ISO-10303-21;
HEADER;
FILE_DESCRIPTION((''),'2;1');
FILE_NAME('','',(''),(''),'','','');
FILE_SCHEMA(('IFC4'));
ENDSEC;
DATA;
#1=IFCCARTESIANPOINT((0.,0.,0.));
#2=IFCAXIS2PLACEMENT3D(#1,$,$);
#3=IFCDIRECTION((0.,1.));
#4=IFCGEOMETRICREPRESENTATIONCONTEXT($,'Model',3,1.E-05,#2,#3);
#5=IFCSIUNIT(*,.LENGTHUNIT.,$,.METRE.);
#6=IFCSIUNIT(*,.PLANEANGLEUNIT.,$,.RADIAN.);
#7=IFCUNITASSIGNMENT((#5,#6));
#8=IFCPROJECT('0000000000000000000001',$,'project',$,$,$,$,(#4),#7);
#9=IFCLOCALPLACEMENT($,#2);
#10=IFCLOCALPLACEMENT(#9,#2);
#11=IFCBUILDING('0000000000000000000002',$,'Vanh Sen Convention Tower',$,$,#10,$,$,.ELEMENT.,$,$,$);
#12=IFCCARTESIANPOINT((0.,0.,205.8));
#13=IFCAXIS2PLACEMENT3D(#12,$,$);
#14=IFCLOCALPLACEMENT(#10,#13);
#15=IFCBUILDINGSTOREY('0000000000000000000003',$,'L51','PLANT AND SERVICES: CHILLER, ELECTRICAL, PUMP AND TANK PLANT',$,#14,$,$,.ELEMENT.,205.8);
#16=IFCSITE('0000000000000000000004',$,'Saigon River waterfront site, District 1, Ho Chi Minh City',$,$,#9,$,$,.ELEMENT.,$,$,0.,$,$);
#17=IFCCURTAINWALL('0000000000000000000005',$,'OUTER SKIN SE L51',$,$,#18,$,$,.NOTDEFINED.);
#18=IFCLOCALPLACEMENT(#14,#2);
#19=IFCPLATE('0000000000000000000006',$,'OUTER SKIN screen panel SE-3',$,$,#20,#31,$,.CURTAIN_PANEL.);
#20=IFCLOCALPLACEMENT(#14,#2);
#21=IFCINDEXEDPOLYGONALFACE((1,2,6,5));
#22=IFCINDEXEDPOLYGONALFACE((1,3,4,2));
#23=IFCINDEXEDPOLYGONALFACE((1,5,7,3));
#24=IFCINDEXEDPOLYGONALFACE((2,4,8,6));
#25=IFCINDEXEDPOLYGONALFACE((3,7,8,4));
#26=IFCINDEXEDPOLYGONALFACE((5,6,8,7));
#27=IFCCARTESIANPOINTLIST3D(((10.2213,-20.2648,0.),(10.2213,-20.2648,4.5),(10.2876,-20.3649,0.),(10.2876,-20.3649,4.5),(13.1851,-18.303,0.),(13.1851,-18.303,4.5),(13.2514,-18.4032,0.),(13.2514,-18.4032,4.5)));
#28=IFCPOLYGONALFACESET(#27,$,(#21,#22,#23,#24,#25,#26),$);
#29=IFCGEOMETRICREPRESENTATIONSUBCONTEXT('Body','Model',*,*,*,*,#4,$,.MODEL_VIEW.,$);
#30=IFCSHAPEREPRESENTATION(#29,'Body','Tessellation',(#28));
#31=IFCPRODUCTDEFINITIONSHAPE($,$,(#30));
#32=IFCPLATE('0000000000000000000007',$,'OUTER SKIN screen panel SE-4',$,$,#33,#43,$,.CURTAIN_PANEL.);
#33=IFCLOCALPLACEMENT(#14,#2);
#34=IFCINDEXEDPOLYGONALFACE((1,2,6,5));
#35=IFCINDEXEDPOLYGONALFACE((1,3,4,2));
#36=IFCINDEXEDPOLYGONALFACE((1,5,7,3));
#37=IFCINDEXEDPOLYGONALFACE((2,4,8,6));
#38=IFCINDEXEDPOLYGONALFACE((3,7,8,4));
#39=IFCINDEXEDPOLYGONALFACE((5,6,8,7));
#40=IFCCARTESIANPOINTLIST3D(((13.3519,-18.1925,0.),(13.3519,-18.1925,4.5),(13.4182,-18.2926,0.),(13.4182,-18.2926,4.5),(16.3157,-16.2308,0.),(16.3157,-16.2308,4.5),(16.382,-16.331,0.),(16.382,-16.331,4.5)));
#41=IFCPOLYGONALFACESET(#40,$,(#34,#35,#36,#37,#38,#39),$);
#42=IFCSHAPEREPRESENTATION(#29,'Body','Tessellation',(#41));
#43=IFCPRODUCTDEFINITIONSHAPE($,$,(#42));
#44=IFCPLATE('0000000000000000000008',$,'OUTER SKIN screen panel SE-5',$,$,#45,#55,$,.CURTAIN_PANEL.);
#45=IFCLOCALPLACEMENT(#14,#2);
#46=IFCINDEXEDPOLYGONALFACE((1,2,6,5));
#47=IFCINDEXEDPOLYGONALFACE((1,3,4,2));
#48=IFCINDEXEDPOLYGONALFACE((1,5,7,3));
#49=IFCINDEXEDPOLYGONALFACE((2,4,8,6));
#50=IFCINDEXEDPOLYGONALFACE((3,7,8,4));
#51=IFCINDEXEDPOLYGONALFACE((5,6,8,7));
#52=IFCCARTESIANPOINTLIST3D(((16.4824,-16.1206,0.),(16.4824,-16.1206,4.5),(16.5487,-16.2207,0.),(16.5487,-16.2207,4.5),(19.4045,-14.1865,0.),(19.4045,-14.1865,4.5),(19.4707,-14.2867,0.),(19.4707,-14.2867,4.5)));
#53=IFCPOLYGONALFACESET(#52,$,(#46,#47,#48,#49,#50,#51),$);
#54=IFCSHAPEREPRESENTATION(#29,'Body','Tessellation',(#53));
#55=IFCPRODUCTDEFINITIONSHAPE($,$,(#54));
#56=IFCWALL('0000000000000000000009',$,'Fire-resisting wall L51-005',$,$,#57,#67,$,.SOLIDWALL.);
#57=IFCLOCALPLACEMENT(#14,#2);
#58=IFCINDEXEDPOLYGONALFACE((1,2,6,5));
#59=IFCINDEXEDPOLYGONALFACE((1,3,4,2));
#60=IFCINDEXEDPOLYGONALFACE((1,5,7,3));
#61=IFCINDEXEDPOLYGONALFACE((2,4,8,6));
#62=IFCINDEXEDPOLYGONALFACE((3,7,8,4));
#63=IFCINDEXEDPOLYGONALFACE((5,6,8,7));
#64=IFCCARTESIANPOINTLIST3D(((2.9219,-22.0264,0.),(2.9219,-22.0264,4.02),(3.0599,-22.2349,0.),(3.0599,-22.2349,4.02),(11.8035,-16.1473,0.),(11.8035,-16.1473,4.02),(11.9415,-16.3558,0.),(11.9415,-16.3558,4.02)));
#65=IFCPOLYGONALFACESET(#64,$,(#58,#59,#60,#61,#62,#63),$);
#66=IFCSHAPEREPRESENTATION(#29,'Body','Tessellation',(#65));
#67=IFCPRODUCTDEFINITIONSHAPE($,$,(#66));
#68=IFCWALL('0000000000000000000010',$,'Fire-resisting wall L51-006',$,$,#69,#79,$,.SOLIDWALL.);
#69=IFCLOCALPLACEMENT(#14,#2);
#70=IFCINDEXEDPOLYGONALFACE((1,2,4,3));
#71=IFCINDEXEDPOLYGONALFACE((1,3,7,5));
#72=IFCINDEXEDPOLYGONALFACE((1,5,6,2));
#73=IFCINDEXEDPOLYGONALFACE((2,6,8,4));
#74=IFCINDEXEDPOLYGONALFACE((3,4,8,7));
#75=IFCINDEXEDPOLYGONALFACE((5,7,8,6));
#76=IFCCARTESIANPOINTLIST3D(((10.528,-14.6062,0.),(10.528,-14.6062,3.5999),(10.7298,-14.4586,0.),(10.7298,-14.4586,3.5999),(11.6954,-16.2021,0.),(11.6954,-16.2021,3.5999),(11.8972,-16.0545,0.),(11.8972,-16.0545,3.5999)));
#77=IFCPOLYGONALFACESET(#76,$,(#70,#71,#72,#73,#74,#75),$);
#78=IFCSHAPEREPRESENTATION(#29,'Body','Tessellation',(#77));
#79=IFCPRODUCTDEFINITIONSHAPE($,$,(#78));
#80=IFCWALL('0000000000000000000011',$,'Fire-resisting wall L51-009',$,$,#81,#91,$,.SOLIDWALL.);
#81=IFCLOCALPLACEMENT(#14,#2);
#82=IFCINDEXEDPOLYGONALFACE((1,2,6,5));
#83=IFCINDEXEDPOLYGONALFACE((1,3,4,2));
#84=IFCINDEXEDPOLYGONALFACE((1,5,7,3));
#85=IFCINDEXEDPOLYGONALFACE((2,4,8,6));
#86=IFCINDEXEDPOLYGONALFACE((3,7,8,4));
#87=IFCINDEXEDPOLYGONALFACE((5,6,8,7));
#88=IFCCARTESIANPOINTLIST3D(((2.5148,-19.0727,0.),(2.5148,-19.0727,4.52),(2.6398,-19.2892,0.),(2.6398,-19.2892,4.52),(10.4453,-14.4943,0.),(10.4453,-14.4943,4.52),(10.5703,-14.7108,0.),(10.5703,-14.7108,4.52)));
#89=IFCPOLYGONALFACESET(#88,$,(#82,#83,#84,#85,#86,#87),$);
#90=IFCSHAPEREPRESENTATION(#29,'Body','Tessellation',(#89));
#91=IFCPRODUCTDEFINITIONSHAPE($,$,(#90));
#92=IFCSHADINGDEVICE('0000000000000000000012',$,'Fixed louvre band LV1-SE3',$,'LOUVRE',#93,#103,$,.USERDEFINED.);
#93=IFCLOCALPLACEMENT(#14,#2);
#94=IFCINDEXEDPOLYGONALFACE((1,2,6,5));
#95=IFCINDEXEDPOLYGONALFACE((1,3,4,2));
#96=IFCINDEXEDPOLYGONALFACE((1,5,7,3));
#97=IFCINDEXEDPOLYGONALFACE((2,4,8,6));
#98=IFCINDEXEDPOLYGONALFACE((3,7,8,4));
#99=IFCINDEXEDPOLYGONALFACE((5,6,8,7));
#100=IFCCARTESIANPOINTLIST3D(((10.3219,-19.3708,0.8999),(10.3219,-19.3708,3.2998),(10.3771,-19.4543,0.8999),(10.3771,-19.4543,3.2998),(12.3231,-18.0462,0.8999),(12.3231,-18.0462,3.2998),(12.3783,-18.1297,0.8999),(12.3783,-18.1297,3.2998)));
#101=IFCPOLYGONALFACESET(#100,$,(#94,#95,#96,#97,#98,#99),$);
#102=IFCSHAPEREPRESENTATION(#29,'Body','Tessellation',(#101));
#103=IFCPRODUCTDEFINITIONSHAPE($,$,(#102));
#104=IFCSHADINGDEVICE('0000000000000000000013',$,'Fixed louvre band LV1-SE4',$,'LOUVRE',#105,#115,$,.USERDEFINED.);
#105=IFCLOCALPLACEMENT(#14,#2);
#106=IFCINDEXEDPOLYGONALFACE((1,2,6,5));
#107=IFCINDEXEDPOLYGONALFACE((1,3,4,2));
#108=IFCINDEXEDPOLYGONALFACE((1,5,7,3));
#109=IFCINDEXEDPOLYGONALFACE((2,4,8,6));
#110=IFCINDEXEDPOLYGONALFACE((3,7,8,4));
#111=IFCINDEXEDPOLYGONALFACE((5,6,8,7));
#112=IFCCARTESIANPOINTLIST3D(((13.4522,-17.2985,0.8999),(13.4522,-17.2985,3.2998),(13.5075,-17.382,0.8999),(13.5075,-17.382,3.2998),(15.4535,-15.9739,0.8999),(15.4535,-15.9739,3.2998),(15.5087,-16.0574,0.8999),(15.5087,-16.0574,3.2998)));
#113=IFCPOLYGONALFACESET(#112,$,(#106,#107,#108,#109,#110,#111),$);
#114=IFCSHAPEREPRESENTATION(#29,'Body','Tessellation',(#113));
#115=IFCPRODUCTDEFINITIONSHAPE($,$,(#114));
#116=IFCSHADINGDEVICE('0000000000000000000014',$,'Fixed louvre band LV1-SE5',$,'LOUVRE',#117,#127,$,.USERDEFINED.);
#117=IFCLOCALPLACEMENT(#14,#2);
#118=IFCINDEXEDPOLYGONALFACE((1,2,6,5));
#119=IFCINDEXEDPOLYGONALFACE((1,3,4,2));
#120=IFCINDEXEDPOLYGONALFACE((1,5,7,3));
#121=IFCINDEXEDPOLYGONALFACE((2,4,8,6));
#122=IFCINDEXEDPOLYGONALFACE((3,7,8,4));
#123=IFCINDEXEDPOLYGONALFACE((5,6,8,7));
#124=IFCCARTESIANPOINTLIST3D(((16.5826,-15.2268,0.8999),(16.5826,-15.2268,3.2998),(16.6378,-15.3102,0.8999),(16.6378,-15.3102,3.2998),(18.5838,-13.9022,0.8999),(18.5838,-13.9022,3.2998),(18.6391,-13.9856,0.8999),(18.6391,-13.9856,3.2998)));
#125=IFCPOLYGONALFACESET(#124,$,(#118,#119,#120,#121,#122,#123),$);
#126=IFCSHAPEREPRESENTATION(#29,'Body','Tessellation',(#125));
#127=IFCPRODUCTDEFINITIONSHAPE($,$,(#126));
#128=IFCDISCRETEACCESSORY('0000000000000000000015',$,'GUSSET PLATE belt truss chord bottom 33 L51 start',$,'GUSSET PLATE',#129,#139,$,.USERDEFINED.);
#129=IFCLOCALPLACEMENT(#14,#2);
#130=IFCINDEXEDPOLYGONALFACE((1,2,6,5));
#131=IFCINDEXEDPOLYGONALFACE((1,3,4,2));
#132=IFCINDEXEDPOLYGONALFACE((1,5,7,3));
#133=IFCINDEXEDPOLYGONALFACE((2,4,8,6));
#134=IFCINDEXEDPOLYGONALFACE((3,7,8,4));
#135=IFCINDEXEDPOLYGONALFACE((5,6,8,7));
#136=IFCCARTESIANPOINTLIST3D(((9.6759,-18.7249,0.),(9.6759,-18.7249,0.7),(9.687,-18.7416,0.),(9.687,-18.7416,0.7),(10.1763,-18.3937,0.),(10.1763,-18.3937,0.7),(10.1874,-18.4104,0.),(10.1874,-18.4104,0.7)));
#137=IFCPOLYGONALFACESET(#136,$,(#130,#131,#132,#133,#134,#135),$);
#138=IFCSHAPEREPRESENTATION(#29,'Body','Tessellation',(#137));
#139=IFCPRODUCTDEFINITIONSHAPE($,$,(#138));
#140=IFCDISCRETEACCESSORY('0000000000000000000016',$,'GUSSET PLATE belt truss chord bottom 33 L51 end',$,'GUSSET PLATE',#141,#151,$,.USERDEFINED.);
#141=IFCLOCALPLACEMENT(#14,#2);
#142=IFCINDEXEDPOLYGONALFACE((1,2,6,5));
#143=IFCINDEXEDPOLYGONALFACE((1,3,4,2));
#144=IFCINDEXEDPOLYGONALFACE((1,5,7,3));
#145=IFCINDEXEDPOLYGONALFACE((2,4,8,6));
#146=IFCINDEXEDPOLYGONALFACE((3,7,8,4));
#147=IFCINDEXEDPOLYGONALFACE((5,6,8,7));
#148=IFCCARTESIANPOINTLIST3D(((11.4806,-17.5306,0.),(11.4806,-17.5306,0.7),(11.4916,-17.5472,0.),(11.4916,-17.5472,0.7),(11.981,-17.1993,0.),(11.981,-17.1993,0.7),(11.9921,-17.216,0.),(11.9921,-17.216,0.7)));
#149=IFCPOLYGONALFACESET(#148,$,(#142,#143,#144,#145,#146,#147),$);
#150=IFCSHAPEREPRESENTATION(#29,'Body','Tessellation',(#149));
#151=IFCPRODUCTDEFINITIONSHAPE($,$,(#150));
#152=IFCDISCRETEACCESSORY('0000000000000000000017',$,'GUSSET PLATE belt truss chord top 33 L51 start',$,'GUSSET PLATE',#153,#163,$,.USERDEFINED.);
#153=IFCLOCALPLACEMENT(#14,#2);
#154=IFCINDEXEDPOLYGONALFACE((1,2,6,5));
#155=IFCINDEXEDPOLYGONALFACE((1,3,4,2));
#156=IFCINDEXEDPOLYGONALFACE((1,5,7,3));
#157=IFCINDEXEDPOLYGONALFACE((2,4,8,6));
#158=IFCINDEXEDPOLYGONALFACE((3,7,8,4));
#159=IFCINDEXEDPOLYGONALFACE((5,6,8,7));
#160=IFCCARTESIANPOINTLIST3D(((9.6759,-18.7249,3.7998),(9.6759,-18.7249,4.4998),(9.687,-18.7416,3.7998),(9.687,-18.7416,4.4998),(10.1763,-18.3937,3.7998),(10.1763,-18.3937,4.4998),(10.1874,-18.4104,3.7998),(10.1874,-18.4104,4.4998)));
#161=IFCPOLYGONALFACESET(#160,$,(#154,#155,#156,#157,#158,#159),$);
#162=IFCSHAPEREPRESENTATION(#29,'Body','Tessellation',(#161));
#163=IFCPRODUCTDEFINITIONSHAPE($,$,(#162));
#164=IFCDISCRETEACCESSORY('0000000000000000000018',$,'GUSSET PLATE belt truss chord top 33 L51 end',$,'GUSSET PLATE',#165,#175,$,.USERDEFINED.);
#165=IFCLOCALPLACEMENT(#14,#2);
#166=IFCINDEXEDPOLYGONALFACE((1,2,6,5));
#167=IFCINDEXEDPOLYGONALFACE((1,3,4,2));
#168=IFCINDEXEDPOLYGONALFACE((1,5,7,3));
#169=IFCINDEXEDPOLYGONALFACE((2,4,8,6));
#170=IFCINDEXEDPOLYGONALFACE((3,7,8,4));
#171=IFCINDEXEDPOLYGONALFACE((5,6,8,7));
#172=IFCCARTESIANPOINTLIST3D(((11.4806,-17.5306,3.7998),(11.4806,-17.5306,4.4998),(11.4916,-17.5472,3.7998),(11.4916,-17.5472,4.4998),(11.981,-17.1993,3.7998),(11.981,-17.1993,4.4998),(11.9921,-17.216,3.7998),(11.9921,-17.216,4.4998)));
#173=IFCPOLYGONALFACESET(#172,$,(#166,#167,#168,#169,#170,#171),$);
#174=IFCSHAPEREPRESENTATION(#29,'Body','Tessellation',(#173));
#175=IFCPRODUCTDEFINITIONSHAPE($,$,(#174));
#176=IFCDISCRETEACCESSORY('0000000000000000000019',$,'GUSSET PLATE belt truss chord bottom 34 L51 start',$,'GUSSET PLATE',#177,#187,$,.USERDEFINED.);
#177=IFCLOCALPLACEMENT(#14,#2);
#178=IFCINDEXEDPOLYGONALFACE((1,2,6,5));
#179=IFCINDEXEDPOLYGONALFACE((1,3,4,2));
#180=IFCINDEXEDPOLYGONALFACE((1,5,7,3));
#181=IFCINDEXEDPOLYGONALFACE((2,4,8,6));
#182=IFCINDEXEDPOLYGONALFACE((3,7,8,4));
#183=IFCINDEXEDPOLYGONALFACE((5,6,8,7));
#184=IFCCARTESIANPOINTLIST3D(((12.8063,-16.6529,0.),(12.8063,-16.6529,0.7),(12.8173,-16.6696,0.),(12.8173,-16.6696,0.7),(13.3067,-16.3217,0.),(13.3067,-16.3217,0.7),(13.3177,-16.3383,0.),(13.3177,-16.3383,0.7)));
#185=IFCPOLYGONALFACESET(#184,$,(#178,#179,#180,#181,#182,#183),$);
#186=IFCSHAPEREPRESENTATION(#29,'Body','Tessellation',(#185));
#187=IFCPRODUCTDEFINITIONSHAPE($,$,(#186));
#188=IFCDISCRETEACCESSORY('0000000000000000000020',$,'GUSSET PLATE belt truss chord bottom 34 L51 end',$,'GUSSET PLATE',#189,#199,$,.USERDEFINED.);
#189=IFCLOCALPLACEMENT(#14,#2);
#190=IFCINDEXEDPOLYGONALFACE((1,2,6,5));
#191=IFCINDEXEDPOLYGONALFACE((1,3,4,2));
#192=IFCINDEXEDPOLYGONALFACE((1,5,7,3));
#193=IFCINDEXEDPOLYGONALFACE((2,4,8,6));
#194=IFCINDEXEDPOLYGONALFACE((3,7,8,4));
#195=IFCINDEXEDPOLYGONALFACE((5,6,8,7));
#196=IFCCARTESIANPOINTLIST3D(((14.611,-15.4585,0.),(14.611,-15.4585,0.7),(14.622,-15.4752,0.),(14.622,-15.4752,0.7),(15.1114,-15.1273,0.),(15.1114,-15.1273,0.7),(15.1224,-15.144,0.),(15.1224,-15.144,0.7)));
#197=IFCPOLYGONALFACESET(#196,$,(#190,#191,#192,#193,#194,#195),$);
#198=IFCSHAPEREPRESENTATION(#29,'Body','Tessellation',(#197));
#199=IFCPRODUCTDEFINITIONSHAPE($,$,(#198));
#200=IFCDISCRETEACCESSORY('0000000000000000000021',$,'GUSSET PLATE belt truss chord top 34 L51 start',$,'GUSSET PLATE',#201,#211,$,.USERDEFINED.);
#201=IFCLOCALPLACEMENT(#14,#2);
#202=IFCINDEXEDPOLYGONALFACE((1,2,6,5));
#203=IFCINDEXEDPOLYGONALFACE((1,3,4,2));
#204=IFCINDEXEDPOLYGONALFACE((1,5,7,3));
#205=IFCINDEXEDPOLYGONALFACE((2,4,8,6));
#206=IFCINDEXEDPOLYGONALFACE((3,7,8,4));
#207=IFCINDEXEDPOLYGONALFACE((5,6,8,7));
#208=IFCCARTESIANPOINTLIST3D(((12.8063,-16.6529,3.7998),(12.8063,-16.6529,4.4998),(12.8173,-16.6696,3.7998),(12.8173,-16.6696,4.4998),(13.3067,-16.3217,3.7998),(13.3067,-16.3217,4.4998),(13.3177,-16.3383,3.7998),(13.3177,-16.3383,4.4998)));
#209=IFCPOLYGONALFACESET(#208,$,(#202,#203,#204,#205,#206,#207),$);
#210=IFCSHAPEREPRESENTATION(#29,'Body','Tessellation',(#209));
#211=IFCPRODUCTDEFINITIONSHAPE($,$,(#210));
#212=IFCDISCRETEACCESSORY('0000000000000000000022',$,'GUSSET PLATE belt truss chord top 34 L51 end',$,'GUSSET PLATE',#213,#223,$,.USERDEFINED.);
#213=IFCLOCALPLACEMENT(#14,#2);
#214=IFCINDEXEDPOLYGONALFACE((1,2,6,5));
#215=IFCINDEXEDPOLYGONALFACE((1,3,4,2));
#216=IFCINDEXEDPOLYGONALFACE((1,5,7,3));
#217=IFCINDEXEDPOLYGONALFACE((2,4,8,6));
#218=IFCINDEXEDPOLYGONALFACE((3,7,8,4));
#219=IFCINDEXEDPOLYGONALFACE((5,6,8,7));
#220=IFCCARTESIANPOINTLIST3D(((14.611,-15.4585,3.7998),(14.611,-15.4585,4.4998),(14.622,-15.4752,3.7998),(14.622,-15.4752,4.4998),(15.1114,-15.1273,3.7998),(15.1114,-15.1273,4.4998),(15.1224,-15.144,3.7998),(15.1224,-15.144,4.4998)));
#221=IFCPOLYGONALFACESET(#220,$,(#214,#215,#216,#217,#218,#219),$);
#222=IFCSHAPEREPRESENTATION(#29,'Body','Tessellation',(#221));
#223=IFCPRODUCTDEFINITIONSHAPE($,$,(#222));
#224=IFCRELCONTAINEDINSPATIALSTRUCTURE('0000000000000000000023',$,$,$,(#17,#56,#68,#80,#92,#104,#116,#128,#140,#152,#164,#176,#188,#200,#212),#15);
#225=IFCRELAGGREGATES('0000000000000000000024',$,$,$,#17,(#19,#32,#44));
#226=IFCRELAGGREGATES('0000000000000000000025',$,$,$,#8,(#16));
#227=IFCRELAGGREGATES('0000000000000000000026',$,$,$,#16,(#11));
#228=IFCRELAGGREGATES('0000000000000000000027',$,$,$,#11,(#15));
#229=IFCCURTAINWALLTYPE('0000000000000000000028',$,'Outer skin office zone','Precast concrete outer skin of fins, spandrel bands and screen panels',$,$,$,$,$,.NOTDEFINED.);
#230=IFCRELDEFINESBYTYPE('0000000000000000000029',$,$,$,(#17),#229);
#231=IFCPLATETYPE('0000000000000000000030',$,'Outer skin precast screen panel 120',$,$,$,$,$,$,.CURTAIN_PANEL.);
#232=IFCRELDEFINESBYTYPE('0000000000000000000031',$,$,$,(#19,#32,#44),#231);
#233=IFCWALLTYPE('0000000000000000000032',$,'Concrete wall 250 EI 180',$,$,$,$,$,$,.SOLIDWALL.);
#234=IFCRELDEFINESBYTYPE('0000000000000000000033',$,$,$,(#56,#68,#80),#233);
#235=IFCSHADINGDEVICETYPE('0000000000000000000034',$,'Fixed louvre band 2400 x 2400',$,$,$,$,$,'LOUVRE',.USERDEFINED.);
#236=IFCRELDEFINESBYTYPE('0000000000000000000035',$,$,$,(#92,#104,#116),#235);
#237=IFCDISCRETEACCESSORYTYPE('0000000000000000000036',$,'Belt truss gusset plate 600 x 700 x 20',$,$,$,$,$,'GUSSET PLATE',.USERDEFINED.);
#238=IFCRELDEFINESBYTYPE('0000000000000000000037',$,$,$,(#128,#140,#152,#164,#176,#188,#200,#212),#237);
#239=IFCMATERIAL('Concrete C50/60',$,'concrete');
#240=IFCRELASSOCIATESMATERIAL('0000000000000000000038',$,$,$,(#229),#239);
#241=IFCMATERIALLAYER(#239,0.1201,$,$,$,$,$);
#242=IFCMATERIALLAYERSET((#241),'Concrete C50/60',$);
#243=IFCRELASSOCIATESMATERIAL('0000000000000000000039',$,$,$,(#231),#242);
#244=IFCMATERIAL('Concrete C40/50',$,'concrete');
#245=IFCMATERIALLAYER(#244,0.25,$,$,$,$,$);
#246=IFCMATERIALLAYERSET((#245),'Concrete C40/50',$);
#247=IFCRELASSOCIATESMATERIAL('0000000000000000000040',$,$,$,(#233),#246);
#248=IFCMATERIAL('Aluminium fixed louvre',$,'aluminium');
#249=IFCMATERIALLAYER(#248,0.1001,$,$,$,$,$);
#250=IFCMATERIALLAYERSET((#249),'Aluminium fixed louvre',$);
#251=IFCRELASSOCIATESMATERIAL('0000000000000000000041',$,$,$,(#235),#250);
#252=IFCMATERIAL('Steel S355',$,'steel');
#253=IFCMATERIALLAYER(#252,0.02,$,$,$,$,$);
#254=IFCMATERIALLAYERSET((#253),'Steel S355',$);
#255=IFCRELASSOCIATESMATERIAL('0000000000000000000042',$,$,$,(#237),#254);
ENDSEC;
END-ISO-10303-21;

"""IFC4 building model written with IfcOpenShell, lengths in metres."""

from ifc_helpers import new_model, si_unit, direction, frame, frame_2d, origin, origin_2d, place, context, subcontext, project, spatial, rectangle, extrude, material, layer, layer_set, type_object, element, aggregate, save


model = new_model("IFC4")

# Units and contexts
model_context = context("Model", 3, precision=1e-05, world=origin(), true_north=direction((0.0, 1.0)))
body_context = subcontext(model_context, "Body", "Model", "MODEL_VIEW")
ifc_project = project(units=[si_unit("LENGTHUNIT", "METRE"), si_unit("PLANEANGLEUNIT", "RADIAN")], contexts=[model_context])

# Site, building, storey
site_placement = place(None, origin())
site = spatial("IfcSite", under=ifc_project, at=site_placement, Name="Saigon River waterfront site, District 1, Ho Chi Minh City", CompositionType="ELEMENT", RefElevation=0.0)
building_placement = place(site_placement, origin())
building = spatial("IfcBuilding", under=site, at=building_placement, Name="Vanh Sen Convention Tower", CompositionType="ELEMENT")
storey_placement = place(building_placement, frame((0.0, 0.0, 205.8)))
storey = spatial("IfcBuildingStorey", under=building, at=storey_placement, Name="L51", Description="PLANT AND SERVICES: CHILLER, ELECTRICAL, PUMP AND TANK PLANT", CompositionType="ELEMENT", Elevation=205.8)

# Shared definitions
ifc_material_1 = material(Name="Steel S355", Category="steel")

# Curtain wall
ifc_material_2 = material(Name="Concrete C50/60", Category="concrete")
curtain_wall_type = type_object("IfcCurtainWallType", Name="Outer skin office zone", Description="Precast concrete outer skin of fins, spandrel bands and screen panels", PredefinedType="NOTDEFINED", material=ifc_material_2)
curtain_wall_1_placement = place(storey_placement, origin())
curtain_wall_1 = element("IfcCurtainWall", 1, at=curtain_wall_1_placement, inside=storey, type_object=curtain_wall_type, Name="OUTER SKIN SE L51", PredefinedType="NOTDEFINED")

# Plates
ifc_layer_1 = layer(ifc_material_2, 0.1201)
ifc_layer_set_1 = layer_set([ifc_layer_1], Name="Concrete C50/60")
plate_type = type_object("IfcPlateType", Name="Outer skin precast screen panel 120", PredefinedType="CURTAIN_PANEL", material=ifc_layer_set_1)
plate_1_placement = place(storey_placement, frame((11.7363, -19.334, 0.0), z_axis=(0.0, 0.0, 1.0), x_axis=(0.833877, 0.55195, 0.0)))
plate_1 = element("IfcPlate", 2, at=plate_1_placement, type_object=plate_type, Name="OUTER SKIN screen panel SE-3", PredefinedType="CURTAIN_PANEL", context=body_context, shape_type="SweptSolid", body=[
    extrude(rectangle(XDim=3.5542, YDim=0.1201, at=origin_2d()), origin(), (0.0, 0.0, 1.0), 4.5),
])
plate_2_placement = place(storey_placement, frame((14.8669, -17.2617, 0.0), z_axis=(0.0, 0.0, 1.0), x_axis=(0.83389, 0.551931, 0.0)))
plate_2 = element("IfcPlate", 3, at=plate_2_placement, type_object=plate_type, Name="OUTER SKIN screen panel SE-4", PredefinedType="CURTAIN_PANEL", context=body_context, shape_type="SweptSolid", body=[
    extrude(rectangle(XDim=3.5542, YDim=0.1201, at=origin_2d()), origin(), (0.0, 0.0, 1.0), 4.5),
])
plate_3_placement = place(storey_placement, frame((17.9766, -15.2036, 0.0), z_axis=(0.0, 0.0, 1.0), x_axis=(0.83389, 0.551931, 0.0)))
plate_3 = element("IfcPlate", 4, at=plate_3_placement, type_object=plate_type, Name="OUTER SKIN screen panel SE-5", PredefinedType="CURTAIN_PANEL", context=body_context, shape_type="SweptSolid", body=[
    extrude(rectangle(XDim=3.5042, YDim=0.1201, at=origin_2d()), origin(), (0.0, 0.0, 1.0), 4.5),
])
aggregate(curtain_wall_1, [plate_1, plate_2, plate_3])

# Walls
ifc_material_3 = material(Name="Concrete C40/50", Category="concrete")
ifc_layer_2 = layer(ifc_material_3, 0.25)
ifc_layer_set_2 = layer_set([ifc_layer_2], Name="Concrete C40/50")
wall_type = type_object("IfcWallType", Name="Concrete wall 250 EI 180", PredefinedType="SOLIDWALL", material=ifc_layer_set_2)
wall_1_placement = place(storey_placement, frame((11.8726, -16.2515, 0.0), z_axis=(0.0, 0.0, 1.0), x_axis=(-0.833862, -0.551973, 0.0)))
element("IfcWall", 5, at=wall_1_placement, inside=storey, type_object=wall_type, Name="Fire-resisting wall L51-005", PredefinedType="SOLIDWALL", context=body_context, shape_type="SweptSolid", body=[
    extrude(rectangle(XDim=10.6511, YDim=0.25, at=frame_2d((5.3257, 0.0))), origin(), (0.0, 0.0, 1.0), 4.02),
])
wall_2_placement = place(storey_placement, frame((11.7964, -16.1284, 0.0), z_axis=(0.0, 0.0, 1.0), x_axis=(-0.590416, 0.807099, 0.0)))
element("IfcWall", 6, at=wall_2_placement, inside=storey, type_object=wall_type, Name="Fire-resisting wall L51-006", PredefinedType="SOLIDWALL", context=body_context, shape_type="SweptSolid", body=[
    extrude(rectangle(XDim=1.9773, YDim=0.25, at=frame_2d((0.9888, 0.0))), origin(), (0.0, 0.0, 1.0), 3.5999),
])
wall_3_placement = place(storey_placement, frame((10.5078, -14.6025, 0.0), z_axis=(0.0, 0.0, 1.0), x_axis=(-0.866038, -0.499979, 0.0)))
element("IfcWall", 7, at=wall_3_placement, inside=storey, type_object=wall_type, Name="Fire-resisting wall L51-009", PredefinedType="SOLIDWALL", context=body_context, shape_type="SweptSolid", body=[
    extrude(rectangle(XDim=9.1572, YDim=0.25, at=frame_2d((4.5786, 0.0))), origin(), (0.0, 0.0, 1.0), 4.52),
])

# Shading devices
ifc_material_4 = material(Name="Aluminium fixed louvre", Category="aluminium")
ifc_layer_3 = layer(ifc_material_4, 0.1001)
ifc_layer_set_3 = layer_set([ifc_layer_3], Name="Aluminium fixed louvre")
shading_device_type = type_object("IfcShadingDeviceType", Name="Fixed louvre band 2400 x 2400", ElementType="LOUVRE", PredefinedType="USERDEFINED", material=ifc_layer_set_3)
for number, where, z_axis, x_axis, name in (
    (8, (11.3501, -18.7502, 0.8999), (0.0, 0.0, 1.0), (0.833885, 0.551938, 0.0), "Fixed louvre band LV1-SE3"),
    (9, (14.4805, -16.678, 0.8999), (0.0, 0.0, 1.0), (0.833885, 0.551938, 0.0), "Fixed louvre band LV1-SE4"),
    (10, (17.6108, -14.6062, 0.8999), (0.0, 0.0, 1.0), (0.833885, 0.551938, 0.0), "Fixed louvre band LV1-SE5"),
):
    element("IfcShadingDevice", number, at=place(storey_placement, frame(where, z_axis=z_axis, x_axis=x_axis)), inside=storey, type_object=shading_device_type, Name=name, ObjectType="LOUVRE", PredefinedType="USERDEFINED", context=body_context, shape_type="SweptSolid", body=[
        extrude(rectangle(XDim=2.3999, YDim=0.1001, at=origin_2d()), origin(), (0.0, 0.0, 1.0), 2.3999),
    ])

# Discrete accessories
ifc_layer_4 = layer(ifc_material_1, 0.02)
ifc_layer_set_4 = layer_set([ifc_layer_4], Name="Steel S355")
discrete_accessory_type_1 = type_object("IfcDiscreteAccessoryType", Name="Belt truss gusset plate 600 x 700 x 20", ElementType="GUSSET PLATE", PredefinedType="USERDEFINED", material=ifc_layer_set_4)
for number, where, z_axis, x_axis, name in (
    (11, (9.9316, -18.5676, 0.0), (0.0, 0.0, 1.0), (0.833877, 0.55195, 0.0), "GUSSET PLATE belt truss chord bottom 33 L51 start"),
    (12, (11.7363, -17.3733, 0.0), (0.0, 0.0, 1.0), (-0.833877, -0.55195, 0.0), "GUSSET PLATE belt truss chord bottom 33 L51 end"),
    (13, (9.9316, -18.5676, 3.7998), (0.0, 0.0, 1.0), (0.833877, 0.55195, 0.0), "GUSSET PLATE belt truss chord top 33 L51 start"),
    (14, (11.7363, -17.3733, 3.7998), (0.0, 0.0, 1.0), (-0.833877, -0.55195, 0.0), "GUSSET PLATE belt truss chord top 33 L51 end"),
    (15, (13.062, -16.4956, 0.0), (0.0, 0.0, 1.0), (0.83389, 0.551931, 0.0), "GUSSET PLATE belt truss chord bottom 34 L51 start"),
    (16, (14.8667, -15.3013, 0.0), (0.0, 0.0, 1.0), (-0.83389, -0.551931, 0.0), "GUSSET PLATE belt truss chord bottom 34 L51 end"),
    (17, (13.062, -16.4956, 3.7998), (0.0, 0.0, 1.0), (0.83389, 0.551931, 0.0), "GUSSET PLATE belt truss chord top 34 L51 start"),
    (18, (14.8667, -15.3013, 3.7998), (0.0, 0.0, 1.0), (-0.83389, -0.551931, 0.0), "GUSSET PLATE belt truss chord top 34 L51 end"),
):
    element("IfcDiscreteAccessory", number, at=place(storey_placement, frame(where, z_axis=z_axis, x_axis=x_axis)), inside=storey, type_object=discrete_accessory_type_1, Name=name, ObjectType="GUSSET PLATE", PredefinedType="USERDEFINED", context=body_context, shape_type="SweptSolid", body=[
        extrude(rectangle(XDim=0.6001, YDim=0.02, at=origin_2d()), origin(), (0.0, 0.0, 1.0), 0.7),
    ])

save(model, "model.ifc")
